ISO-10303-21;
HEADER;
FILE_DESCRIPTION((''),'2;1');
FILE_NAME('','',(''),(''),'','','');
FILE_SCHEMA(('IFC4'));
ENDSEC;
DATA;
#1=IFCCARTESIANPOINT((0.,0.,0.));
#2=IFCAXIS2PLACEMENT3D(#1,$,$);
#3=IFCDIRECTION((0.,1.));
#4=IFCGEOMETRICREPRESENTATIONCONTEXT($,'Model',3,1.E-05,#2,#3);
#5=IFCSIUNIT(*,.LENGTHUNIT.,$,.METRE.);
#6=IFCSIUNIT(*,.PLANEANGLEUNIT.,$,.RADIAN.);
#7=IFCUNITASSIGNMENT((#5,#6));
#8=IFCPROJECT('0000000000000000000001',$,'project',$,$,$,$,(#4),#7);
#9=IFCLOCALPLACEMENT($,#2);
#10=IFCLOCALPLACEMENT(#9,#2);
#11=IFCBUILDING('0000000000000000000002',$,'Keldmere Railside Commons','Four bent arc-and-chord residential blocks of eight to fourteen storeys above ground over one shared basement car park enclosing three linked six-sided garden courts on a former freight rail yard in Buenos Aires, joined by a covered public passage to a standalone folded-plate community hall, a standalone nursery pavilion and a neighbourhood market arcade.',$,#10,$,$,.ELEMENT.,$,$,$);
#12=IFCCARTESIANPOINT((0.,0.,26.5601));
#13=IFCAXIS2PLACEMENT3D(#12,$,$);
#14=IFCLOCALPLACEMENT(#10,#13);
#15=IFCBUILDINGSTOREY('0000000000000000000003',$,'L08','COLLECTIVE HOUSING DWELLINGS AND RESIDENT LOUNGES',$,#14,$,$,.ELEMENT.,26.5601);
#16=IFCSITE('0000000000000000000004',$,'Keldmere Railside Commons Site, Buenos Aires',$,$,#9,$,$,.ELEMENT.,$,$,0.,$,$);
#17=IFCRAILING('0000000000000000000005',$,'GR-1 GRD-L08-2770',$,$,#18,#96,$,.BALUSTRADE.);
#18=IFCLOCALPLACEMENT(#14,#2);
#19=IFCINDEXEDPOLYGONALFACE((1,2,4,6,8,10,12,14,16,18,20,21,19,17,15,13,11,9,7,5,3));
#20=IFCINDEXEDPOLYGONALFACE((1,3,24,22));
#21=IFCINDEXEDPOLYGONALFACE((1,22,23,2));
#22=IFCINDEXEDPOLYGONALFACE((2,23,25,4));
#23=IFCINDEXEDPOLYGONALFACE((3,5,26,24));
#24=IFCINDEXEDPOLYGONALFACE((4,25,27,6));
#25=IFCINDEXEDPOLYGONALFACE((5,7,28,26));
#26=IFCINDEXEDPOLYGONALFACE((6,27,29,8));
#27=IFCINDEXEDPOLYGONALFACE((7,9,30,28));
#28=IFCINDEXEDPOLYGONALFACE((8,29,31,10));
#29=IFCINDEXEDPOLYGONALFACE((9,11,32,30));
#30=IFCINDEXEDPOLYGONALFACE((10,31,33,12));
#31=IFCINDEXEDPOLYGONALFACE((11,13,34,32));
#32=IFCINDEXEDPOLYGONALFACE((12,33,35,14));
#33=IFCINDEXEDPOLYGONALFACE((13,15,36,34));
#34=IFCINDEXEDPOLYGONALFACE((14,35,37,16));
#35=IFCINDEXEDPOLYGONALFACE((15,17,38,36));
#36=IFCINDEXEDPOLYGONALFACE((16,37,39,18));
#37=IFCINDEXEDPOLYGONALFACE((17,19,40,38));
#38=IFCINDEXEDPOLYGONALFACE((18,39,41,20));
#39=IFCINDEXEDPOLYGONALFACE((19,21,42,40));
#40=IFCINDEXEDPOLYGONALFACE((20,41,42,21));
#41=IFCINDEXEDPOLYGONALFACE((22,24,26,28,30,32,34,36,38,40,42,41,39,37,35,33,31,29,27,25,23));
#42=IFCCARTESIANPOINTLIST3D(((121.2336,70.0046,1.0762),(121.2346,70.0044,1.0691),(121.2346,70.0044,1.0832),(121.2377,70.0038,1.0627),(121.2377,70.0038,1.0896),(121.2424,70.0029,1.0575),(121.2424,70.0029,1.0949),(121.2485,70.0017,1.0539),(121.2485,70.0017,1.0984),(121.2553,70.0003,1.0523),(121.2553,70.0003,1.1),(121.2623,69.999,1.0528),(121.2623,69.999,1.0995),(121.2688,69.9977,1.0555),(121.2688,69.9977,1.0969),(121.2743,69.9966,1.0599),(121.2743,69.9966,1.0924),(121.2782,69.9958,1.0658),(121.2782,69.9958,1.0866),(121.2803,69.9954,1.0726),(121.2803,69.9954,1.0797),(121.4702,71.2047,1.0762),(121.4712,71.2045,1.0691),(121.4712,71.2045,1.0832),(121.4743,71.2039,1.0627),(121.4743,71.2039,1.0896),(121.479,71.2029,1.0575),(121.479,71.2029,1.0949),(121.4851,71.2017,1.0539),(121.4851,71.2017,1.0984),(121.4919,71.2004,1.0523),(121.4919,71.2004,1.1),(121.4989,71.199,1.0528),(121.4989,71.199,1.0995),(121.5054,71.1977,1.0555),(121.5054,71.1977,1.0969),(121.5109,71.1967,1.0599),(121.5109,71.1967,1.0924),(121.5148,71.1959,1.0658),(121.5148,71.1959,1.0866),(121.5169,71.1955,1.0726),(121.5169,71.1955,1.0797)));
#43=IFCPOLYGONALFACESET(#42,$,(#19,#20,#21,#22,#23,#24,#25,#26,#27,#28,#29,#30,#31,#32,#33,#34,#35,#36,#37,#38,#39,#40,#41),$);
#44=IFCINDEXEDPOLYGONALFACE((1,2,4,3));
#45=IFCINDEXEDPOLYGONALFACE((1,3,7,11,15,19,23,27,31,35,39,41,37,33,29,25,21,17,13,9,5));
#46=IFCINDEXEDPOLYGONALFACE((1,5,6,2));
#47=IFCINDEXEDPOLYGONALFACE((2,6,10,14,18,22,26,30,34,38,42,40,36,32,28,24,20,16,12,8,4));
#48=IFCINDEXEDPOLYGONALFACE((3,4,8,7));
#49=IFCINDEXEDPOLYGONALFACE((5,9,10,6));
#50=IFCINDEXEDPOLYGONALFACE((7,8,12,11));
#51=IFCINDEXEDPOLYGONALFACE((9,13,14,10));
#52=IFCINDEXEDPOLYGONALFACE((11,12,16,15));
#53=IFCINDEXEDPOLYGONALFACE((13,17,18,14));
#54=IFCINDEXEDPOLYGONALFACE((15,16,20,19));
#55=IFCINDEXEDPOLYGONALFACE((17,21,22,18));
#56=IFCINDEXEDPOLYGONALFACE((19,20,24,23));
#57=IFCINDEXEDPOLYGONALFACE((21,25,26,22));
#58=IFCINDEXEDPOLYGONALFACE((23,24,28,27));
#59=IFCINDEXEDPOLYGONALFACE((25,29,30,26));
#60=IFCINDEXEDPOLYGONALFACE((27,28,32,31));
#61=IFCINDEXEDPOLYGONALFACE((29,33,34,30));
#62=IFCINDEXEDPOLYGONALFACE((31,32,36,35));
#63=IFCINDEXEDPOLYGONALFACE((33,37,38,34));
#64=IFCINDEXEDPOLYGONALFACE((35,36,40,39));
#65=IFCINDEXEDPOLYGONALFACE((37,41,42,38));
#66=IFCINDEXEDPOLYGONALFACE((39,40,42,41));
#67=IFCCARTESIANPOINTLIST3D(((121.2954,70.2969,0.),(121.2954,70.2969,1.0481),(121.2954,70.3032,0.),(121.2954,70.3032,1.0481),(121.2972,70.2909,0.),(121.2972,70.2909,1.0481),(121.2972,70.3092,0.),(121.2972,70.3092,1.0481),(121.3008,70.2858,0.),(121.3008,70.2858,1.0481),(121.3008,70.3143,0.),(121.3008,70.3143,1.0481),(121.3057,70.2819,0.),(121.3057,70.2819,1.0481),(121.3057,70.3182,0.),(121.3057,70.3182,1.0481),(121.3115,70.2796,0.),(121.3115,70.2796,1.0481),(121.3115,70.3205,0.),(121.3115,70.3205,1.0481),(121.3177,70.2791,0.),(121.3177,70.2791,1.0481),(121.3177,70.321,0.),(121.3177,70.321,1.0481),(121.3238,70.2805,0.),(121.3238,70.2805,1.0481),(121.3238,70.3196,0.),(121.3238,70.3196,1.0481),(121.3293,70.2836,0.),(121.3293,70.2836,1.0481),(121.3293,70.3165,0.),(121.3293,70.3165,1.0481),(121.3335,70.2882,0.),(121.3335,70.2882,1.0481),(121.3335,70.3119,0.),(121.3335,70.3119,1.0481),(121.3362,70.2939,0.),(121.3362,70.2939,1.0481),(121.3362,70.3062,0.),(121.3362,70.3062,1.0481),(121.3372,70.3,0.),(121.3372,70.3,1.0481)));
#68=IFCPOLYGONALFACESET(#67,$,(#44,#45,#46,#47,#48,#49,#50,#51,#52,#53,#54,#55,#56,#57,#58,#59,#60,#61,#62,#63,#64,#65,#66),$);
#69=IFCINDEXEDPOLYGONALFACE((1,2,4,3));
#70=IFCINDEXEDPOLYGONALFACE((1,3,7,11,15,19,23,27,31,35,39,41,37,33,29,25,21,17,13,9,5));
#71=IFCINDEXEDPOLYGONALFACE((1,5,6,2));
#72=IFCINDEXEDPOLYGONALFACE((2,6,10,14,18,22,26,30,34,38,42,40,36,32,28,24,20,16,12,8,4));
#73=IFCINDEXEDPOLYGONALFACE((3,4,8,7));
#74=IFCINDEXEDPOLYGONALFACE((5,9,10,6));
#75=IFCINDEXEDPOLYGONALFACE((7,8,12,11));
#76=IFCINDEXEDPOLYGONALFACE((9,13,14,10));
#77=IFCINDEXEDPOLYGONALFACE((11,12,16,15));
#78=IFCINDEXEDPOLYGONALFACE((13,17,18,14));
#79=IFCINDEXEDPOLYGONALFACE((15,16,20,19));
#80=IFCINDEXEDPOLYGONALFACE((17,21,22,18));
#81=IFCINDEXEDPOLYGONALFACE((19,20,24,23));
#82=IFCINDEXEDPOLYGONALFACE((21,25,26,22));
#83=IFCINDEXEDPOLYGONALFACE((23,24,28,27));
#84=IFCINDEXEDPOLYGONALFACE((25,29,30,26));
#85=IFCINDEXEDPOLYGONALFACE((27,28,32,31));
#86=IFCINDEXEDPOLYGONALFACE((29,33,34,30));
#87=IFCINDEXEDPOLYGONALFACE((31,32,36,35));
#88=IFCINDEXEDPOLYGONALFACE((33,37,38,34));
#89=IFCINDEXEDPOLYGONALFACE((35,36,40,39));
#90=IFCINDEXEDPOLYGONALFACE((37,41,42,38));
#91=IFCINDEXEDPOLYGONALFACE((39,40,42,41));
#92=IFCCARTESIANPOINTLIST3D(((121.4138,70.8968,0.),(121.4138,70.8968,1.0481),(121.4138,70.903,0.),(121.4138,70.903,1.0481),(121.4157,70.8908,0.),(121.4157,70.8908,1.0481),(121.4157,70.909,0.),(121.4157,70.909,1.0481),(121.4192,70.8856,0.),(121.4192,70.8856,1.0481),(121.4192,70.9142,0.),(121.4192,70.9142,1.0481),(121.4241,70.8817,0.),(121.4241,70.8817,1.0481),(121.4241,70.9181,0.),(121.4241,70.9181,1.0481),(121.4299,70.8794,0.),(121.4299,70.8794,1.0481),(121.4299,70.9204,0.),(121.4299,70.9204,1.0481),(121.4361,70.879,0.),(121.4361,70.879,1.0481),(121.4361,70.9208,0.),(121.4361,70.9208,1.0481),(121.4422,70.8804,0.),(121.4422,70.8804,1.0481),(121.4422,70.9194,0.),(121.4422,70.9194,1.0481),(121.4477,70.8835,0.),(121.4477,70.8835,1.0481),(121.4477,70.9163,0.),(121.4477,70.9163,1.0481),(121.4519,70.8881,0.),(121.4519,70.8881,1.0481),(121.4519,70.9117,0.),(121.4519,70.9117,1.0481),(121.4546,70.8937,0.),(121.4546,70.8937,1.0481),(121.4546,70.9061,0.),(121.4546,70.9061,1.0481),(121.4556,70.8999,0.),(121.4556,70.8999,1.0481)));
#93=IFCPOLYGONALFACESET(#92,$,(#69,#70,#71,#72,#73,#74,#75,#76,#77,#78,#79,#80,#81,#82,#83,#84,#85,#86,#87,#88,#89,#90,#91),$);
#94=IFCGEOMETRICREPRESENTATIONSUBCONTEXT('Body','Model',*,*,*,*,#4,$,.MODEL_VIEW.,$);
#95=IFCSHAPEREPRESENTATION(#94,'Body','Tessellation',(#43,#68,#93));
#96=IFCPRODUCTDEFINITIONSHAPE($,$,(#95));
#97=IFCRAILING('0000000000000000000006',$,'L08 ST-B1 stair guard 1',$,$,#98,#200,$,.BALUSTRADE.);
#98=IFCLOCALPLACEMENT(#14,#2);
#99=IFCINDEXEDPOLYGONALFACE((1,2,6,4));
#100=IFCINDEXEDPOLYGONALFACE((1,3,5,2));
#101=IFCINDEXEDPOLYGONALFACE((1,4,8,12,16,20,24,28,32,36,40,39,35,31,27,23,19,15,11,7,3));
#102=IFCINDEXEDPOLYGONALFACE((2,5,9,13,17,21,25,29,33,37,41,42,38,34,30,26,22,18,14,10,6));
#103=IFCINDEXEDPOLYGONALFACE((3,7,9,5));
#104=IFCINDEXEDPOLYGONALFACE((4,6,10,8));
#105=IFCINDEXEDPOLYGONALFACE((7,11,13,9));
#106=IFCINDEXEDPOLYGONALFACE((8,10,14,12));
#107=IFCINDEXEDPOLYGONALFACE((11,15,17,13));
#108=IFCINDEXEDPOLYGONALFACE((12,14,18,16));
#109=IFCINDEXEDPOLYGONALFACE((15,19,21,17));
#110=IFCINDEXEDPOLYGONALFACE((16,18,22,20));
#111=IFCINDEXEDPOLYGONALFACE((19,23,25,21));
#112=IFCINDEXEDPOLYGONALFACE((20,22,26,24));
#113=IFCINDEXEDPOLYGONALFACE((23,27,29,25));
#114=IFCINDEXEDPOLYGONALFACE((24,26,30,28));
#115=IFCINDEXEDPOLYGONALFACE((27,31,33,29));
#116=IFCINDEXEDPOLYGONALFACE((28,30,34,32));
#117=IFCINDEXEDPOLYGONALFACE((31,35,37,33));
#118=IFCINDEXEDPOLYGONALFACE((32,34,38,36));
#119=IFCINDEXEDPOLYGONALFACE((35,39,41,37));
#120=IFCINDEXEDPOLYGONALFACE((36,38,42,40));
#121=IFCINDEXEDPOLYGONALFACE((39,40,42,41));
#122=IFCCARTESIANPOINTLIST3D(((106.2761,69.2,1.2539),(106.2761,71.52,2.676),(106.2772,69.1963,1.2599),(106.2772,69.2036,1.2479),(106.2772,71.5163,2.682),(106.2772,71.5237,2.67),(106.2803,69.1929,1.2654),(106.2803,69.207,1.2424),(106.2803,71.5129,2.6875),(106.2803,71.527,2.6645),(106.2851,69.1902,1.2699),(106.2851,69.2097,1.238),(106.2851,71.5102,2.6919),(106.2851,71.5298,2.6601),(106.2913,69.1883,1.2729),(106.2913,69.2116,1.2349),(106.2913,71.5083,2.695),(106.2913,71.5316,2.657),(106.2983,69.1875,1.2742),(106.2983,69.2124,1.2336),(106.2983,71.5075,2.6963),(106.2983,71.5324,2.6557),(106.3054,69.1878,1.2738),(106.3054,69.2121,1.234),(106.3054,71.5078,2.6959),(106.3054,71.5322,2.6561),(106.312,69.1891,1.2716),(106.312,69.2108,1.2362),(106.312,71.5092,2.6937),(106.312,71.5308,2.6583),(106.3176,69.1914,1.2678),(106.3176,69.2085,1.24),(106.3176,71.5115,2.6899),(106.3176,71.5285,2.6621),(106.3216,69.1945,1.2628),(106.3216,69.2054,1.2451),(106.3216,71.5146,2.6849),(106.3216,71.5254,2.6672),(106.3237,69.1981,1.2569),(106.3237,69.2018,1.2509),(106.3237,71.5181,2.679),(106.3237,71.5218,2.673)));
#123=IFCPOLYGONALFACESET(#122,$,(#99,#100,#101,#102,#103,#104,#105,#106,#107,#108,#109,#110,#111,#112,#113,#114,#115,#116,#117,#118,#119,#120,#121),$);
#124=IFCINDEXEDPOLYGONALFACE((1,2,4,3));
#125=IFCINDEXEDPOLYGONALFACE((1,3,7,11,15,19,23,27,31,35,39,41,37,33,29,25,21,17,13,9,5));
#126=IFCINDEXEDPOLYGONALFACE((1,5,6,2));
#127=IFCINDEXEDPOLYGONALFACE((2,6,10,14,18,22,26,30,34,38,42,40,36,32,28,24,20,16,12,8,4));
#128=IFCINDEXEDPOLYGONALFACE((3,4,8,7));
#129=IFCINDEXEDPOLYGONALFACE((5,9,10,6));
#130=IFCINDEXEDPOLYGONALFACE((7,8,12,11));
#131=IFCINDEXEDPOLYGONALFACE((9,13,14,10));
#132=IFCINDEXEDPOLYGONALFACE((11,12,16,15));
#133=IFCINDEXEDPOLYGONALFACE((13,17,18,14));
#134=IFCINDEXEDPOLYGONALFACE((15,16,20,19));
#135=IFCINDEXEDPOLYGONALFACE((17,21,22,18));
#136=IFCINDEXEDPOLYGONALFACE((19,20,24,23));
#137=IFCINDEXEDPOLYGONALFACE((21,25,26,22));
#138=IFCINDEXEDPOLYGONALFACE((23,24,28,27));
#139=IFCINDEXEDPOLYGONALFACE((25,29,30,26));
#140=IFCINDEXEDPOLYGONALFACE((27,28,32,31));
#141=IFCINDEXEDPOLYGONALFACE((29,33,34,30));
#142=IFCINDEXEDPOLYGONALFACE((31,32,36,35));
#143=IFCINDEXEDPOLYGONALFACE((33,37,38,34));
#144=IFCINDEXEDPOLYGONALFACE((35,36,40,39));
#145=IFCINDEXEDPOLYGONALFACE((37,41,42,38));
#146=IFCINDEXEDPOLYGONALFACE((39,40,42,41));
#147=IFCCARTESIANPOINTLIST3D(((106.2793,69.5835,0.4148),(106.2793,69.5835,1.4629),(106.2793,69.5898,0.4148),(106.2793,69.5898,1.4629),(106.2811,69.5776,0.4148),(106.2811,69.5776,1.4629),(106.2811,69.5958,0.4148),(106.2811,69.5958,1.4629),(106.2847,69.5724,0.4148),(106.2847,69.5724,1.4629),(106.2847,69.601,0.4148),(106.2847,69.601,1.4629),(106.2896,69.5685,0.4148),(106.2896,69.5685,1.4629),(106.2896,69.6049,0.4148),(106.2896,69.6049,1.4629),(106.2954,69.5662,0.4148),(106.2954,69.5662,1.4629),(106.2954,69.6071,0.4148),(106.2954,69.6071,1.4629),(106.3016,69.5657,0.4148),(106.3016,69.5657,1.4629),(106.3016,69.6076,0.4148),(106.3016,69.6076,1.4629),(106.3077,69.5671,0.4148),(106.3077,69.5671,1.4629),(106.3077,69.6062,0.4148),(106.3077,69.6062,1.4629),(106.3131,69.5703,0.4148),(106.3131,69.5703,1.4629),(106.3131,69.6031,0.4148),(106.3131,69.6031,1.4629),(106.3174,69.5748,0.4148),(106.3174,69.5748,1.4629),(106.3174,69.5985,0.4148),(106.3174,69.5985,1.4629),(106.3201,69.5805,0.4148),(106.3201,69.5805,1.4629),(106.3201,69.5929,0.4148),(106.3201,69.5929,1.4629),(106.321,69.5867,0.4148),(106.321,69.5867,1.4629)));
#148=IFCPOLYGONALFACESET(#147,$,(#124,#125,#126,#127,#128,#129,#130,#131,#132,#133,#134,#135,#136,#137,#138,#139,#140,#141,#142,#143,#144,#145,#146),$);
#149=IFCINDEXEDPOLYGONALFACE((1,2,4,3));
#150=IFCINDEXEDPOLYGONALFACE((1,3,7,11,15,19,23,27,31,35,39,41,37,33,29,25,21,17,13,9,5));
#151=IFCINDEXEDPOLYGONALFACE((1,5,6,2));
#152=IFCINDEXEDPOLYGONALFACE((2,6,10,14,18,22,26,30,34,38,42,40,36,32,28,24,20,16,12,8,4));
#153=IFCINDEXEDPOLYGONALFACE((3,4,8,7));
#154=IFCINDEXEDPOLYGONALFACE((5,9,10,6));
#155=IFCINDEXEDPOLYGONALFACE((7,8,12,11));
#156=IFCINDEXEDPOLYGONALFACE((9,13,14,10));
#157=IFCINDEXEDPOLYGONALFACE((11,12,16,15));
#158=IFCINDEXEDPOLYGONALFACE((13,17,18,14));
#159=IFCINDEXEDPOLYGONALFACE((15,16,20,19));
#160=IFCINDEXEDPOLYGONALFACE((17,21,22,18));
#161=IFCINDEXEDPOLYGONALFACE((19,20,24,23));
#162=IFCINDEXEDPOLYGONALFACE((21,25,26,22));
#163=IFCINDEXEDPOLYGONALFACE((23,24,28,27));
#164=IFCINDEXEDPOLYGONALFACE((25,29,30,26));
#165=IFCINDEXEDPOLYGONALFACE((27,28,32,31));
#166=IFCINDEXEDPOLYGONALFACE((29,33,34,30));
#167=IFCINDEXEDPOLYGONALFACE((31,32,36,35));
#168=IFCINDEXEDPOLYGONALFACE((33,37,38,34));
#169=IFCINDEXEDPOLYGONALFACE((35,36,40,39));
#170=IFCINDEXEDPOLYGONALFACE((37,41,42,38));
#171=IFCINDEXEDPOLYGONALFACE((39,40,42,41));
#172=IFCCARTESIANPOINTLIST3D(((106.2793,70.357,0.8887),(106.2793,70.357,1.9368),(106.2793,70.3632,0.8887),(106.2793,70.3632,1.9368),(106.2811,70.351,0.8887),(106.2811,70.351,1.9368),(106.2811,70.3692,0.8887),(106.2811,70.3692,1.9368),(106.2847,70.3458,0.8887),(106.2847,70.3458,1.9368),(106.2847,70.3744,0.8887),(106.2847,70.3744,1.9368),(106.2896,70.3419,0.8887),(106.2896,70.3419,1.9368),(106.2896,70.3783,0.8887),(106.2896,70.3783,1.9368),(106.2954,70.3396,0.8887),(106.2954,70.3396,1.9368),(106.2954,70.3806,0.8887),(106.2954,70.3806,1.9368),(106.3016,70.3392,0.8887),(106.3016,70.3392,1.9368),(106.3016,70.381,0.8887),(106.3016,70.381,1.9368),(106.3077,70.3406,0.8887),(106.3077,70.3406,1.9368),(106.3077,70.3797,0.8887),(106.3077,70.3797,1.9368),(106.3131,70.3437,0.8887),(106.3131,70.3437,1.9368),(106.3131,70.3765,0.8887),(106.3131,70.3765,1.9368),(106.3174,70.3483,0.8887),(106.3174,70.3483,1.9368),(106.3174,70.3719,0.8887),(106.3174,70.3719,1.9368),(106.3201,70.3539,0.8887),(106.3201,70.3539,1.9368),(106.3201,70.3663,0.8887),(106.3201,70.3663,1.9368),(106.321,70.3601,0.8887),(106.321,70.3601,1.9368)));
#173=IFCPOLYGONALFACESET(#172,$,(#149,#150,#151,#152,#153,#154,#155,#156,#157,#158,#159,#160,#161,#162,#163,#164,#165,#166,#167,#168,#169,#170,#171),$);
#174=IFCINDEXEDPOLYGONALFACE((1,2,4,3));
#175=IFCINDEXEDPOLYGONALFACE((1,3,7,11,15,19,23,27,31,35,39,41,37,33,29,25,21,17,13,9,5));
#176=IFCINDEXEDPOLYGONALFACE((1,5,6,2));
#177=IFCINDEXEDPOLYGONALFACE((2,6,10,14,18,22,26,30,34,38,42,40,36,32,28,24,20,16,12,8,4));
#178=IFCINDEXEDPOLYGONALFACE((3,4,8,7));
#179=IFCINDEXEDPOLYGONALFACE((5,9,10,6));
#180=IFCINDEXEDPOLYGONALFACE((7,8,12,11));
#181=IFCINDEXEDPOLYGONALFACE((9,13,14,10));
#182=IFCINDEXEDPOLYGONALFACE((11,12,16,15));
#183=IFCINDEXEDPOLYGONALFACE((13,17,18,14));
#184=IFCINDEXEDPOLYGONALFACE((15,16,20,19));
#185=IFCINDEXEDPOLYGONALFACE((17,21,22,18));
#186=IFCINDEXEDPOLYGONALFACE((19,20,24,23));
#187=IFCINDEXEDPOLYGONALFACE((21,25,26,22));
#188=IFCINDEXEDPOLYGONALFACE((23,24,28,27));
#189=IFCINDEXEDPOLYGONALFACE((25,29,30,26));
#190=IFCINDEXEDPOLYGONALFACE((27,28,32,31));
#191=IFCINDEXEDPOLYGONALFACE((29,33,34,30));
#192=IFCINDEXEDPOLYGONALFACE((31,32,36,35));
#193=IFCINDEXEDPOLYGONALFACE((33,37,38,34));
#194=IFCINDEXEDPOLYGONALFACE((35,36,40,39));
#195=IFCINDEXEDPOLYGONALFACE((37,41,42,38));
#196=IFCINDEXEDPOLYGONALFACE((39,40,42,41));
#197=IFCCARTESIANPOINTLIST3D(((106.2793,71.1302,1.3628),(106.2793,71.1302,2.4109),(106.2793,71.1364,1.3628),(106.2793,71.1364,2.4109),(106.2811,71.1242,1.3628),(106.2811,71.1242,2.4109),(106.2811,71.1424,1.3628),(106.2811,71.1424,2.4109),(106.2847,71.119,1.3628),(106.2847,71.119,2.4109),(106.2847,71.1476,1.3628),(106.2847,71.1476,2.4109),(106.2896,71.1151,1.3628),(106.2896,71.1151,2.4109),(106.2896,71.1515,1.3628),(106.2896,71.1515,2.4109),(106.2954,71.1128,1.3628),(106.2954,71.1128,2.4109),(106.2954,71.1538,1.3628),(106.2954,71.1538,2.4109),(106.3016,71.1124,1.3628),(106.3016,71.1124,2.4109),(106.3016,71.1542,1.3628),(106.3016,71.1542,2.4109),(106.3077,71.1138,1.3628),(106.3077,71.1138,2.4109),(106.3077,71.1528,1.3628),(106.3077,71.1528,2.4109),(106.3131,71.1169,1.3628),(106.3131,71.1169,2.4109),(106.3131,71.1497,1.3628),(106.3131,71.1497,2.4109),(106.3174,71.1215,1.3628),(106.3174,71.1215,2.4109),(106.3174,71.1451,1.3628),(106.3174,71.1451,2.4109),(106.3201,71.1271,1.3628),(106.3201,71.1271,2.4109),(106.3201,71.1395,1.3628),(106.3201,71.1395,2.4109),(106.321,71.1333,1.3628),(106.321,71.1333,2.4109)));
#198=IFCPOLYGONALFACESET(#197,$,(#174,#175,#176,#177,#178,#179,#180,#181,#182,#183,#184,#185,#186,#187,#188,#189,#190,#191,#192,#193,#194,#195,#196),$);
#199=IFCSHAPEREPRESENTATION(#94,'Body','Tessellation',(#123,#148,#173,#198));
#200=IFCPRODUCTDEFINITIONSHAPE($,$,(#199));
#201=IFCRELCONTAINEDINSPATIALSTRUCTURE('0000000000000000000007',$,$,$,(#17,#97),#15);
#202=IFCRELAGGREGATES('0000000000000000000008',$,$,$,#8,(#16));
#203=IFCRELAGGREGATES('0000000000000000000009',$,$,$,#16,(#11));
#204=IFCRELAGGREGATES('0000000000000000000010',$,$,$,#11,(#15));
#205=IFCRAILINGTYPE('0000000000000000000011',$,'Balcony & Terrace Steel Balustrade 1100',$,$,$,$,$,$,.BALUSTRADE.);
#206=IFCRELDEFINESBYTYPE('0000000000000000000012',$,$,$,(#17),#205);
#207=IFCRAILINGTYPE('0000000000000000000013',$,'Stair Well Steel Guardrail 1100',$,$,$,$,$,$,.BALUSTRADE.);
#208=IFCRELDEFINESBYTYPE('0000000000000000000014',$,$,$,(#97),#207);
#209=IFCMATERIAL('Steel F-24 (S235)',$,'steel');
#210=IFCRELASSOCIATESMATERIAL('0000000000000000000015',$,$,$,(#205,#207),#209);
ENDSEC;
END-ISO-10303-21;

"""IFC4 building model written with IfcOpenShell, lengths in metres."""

from ifc_helpers import new_model, si_unit, direction, frame, origin, origin_2d, place, context, subcontext, project, spatial, circle, extrude, material, type_object, element, save


model = new_model("IFC4")

# Units and contexts
model_context = context("Model", 3, precision=1e-05, world=origin(), true_north=direction((0.0, 1.0)))
body_context = subcontext(model_context, "Body", "Model", "MODEL_VIEW")
ifc_project = project(units=[si_unit("LENGTHUNIT", "METRE"), si_unit("PLANEANGLEUNIT", "RADIAN")], contexts=[model_context])

# Site, building, storey
site_placement = place(None, origin())
site = spatial("IfcSite", under=ifc_project, at=site_placement, Name="Keldmere Railside Commons Site, Buenos Aires", CompositionType="ELEMENT", RefElevation=0.0)
building_placement = place(site_placement, origin())
building = spatial("IfcBuilding", under=site, at=building_placement, Name="Keldmere Railside Commons", Description="Four bent arc-and-chord residential blocks of eight to fourteen storeys above ground over one shared basement car park enclosing three linked six-sided garden courts on a former freight rail yard in Buenos Aires, joined by a covered public passage to a standalone folded-plate community hall, a standalone nursery pavilion and a neighbourhood market arcade.", CompositionType="ELEMENT")
storey_placement = place(building_placement, frame((0.0, 0.0, 26.5601)))
storey = spatial("IfcBuildingStorey", under=building, at=storey_placement, Name="L08", Description="COLLECTIVE HOUSING DWELLINGS AND RESIDENT LOUNGES", CompositionType="ELEMENT", Elevation=26.5601)

# Shared definitions
ifc_material_1 = material(Name="Steel F-24 (S235)", Category="steel")

# Railings
railing_type_1 = type_object("IfcRailingType", Name="Balcony & Terrace Steel Balustrade 1100", PredefinedType="BALUSTRADE", material=ifc_material_1)
railing_1_placement = place(storey_placement, frame((121.2571, 70.0, 0.0)))
element("IfcRailing", 1, at=railing_1_placement, inside=storey, type_object=railing_type_1, Name="GR-1 GRD-L08-2770", PredefinedType="BALUSTRADE", context=body_context, shape_type="SweptSolid", body=[
    extrude(circle(Radius=0.0239, at=origin_2d()), frame((0.0, 0.0, 1.0762), z_axis=(0.193428, 0.981114, 0.0), x_axis=(-0.981114, 0.193428, 0.0)), (0.0, 0.0, 1.0), 1.2231),
    extrude(circle(Radius=0.021, at=origin_2d()), frame((0.0591, 0.3, 0.0)), (0.0, 0.0, 1.0), 1.0481),
    extrude(circle(Radius=0.021, at=origin_2d()), frame((0.1775, 0.8999, 0.0)), (0.0, 0.0, 1.0), 1.0481),
])
railing_type_2 = type_object("IfcRailingType", Name="Stair Well Steel Guardrail 1100", PredefinedType="BALUSTRADE", material=ifc_material_1)
railing_2_placement = place(storey_placement, frame((106.3, 69.2, 0.1777)))
element("IfcRailing", 2, at=railing_2_placement, inside=storey, type_object=railing_type_2, Name="L08 ST-B1 stair guard 1", PredefinedType="BALUSTRADE", context=body_context, shape_type="SweptSolid", body=[
    extrude(circle(Radius=0.0239, at=origin_2d()), frame((0.0, 0.0, 1.0762), z_axis=(0.0, 0.852578, 0.5226), x_axis=(-1.0, 0.0, 0.0)), (0.0, 0.0, 1.0), 2.7212),
    extrude(circle(Radius=0.021, at=origin_2d()), frame((0.0, 0.3867, 0.2371)), (0.0, 0.0, 1.0), 1.0481),
    extrude(circle(Radius=0.021, at=origin_2d()), frame((0.0, 1.1602, 0.7109)), (0.0, 0.0, 1.0), 1.0481),
    extrude(circle(Radius=0.021, at=origin_2d()), frame((0.0, 1.9333, 1.1851)), (0.0, 0.0, 1.0), 1.0481),
])

save(model, "model.ifc")
